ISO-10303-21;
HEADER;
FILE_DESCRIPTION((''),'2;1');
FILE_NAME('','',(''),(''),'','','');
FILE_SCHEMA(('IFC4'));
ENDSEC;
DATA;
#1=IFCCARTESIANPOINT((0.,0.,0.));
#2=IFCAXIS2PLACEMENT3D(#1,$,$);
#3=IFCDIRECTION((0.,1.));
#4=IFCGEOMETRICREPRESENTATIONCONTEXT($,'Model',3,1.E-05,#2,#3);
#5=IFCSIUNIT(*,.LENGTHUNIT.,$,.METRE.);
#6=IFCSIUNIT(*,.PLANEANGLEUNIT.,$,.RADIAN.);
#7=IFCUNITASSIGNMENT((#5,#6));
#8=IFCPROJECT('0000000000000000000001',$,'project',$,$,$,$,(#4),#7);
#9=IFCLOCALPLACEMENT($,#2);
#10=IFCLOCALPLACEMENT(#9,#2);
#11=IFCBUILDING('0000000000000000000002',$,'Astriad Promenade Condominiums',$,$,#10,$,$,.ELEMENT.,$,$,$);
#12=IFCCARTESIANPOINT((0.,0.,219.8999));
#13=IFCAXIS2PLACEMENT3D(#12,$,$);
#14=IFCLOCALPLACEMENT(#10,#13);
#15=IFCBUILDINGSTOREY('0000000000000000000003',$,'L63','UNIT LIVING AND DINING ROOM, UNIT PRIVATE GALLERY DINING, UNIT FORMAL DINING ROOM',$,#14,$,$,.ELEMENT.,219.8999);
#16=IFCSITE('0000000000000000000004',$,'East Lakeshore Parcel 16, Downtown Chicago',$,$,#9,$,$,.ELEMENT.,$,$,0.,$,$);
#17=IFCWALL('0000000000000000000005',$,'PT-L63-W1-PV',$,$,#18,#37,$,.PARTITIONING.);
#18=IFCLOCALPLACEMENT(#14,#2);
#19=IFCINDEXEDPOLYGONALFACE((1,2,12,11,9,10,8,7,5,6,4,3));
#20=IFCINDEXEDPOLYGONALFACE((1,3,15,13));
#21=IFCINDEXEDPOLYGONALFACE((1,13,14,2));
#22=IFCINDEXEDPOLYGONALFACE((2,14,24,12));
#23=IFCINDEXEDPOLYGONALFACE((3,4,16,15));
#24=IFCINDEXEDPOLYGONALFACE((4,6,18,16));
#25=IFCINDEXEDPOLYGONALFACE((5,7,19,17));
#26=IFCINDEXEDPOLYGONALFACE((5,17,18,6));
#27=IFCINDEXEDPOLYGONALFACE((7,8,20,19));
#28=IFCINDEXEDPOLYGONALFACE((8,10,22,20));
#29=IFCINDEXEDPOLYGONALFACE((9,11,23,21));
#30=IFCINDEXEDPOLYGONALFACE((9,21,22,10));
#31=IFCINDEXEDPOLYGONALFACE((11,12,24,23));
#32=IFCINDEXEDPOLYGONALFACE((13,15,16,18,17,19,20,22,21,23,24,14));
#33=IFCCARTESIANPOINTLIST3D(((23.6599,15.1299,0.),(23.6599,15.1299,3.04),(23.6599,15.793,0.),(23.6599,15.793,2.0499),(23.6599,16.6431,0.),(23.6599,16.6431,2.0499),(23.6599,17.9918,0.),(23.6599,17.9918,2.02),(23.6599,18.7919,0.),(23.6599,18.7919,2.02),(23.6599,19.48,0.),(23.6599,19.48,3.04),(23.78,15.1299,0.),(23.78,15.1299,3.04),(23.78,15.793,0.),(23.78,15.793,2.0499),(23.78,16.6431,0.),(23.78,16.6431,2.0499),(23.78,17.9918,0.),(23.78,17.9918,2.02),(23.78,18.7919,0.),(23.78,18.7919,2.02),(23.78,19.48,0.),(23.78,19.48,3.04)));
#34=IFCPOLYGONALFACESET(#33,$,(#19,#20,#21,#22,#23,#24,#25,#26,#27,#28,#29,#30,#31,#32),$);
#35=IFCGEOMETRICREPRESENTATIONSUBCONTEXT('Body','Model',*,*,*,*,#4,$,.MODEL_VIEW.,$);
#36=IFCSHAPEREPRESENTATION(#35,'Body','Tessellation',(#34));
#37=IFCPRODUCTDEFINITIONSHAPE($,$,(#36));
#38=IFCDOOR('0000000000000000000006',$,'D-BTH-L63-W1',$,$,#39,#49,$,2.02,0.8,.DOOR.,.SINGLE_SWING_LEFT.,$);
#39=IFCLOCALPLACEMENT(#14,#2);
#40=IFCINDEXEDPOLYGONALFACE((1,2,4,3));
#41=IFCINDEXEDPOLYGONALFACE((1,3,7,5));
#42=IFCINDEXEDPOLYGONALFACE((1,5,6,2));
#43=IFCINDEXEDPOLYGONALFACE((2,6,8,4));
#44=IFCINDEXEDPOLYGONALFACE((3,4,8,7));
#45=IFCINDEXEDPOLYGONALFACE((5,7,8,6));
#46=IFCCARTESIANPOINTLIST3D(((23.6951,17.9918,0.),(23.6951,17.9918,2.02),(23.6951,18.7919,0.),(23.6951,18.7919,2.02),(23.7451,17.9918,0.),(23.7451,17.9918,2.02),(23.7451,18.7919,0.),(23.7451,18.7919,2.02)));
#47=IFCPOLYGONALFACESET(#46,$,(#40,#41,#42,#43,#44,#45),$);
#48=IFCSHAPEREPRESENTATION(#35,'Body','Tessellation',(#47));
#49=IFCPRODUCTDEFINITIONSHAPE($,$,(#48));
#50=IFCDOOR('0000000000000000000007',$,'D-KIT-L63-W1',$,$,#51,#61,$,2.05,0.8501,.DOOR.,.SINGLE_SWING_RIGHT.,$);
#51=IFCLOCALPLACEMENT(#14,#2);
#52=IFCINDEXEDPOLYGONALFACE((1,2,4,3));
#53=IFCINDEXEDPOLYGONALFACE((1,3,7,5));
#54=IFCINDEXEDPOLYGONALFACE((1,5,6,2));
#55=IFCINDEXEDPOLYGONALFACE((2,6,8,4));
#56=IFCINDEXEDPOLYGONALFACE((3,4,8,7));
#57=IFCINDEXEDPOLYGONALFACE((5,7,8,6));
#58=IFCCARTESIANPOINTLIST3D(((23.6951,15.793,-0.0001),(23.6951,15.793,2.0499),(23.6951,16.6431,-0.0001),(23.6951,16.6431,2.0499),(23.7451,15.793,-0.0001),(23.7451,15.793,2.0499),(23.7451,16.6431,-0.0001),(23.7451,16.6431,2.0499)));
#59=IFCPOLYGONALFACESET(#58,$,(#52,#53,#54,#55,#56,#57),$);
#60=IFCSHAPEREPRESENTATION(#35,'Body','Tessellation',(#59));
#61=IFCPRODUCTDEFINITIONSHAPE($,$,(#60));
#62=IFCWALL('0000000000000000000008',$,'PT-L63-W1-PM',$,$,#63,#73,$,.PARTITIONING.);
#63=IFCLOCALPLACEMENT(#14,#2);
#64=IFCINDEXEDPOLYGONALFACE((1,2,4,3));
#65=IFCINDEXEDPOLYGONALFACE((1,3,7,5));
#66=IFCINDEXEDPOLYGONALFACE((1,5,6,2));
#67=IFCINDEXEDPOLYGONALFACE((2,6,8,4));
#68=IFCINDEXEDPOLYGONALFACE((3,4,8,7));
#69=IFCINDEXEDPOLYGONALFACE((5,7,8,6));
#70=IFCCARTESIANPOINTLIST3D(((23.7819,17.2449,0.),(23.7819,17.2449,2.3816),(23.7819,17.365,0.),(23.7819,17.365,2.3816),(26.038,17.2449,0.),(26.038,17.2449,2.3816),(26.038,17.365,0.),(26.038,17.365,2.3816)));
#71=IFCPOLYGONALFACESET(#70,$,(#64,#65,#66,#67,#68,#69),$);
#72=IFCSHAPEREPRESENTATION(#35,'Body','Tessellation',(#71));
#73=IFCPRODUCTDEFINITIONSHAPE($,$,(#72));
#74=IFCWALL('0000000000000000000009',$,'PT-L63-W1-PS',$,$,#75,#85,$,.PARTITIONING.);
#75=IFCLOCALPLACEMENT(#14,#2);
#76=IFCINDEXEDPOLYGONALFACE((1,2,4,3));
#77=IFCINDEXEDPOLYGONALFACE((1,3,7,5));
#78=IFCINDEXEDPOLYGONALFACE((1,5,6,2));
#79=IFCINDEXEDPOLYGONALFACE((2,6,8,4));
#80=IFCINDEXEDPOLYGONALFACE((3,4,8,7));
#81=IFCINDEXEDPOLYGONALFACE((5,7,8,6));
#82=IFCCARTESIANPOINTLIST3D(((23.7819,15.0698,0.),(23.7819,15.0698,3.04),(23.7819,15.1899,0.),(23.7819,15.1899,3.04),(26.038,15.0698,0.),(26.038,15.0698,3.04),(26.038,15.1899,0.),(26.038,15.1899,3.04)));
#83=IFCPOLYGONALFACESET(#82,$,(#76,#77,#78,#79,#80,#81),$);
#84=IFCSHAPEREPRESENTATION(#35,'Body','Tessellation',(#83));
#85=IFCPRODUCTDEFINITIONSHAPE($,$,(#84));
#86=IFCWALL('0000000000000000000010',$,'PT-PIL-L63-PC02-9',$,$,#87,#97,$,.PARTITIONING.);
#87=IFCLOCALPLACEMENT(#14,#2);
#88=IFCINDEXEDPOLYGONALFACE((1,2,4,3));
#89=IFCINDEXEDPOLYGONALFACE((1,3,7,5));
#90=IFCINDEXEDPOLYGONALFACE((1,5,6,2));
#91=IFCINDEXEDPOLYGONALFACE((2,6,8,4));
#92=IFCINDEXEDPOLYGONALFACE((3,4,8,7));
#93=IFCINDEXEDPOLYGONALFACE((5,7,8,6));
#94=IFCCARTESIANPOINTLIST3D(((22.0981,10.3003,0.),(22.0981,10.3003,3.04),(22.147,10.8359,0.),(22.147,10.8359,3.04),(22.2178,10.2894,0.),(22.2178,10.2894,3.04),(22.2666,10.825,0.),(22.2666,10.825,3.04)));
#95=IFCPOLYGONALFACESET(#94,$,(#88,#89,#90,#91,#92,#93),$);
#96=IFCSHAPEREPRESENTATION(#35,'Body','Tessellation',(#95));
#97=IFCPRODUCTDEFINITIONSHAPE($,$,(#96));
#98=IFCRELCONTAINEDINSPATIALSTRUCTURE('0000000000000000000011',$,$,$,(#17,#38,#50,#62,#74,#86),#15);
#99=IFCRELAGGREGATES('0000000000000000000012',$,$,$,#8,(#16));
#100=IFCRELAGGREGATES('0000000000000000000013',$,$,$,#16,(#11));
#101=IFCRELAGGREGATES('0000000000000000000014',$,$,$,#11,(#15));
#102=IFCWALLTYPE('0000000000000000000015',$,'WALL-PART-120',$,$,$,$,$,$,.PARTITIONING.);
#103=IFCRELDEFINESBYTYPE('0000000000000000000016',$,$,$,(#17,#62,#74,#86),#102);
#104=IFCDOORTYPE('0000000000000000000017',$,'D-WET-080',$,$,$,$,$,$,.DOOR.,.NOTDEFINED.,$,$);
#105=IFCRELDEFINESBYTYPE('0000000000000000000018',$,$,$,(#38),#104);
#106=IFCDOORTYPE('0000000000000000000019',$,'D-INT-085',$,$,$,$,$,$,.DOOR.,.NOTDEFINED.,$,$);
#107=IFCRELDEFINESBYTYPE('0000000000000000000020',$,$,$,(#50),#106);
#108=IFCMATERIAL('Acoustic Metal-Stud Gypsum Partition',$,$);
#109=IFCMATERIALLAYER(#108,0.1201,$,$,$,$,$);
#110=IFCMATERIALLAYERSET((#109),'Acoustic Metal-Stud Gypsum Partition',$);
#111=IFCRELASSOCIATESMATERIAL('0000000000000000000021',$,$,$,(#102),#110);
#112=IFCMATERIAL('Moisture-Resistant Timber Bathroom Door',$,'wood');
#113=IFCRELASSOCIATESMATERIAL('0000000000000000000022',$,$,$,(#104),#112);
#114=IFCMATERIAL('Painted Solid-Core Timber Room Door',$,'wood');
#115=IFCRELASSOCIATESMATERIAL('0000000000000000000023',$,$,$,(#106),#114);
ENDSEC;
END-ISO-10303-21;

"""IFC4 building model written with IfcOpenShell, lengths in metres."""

from ifc_helpers import new_model, si_unit, direction, frame, frame_2d, origin, place, context, subcontext, project, spatial, rectangle, extrude, source, transform, mapped, material, layer, layer_set, type_object, type_shapes, element, fill, save


model = new_model("IFC4")

# Units and contexts
model_context = context("Model", 3, precision=1e-05, world=origin(), true_north=direction((0.0, 1.0)))
body_context = subcontext(model_context, "Body", "Model", "MODEL_VIEW")
ifc_project = project(units=[si_unit("LENGTHUNIT", "METRE"), si_unit("PLANEANGLEUNIT", "RADIAN")], contexts=[model_context])

# Site, building, storey
site_placement = place(None, origin())
site = spatial("IfcSite", under=ifc_project, at=site_placement, Name="East Lakeshore Parcel 16, Downtown Chicago", CompositionType="ELEMENT", RefElevation=0.0)
building_placement = place(site_placement, origin())
building = spatial("IfcBuilding", under=site, at=building_placement, Name="Astriad Promenade Condominiums", CompositionType="ELEMENT")
storey_placement = place(building_placement, frame((0.0, 0.0, 219.8999)))
storey = spatial("IfcBuildingStorey", under=building, at=storey_placement, Name="L63", Description="UNIT LIVING AND DINING ROOM, UNIT PRIVATE GALLERY DINING, UNIT FORMAL DINING ROOM", CompositionType="ELEMENT", Elevation=219.8999)

# Wall, openings, doors
ifc_material_1 = material(Name="Acoustic Metal-Stud Gypsum Partition")
ifc_layer_1 = layer(ifc_material_1, 0.1201)
ifc_layer_set_1 = layer_set([ifc_layer_1], Name="Acoustic Metal-Stud Gypsum Partition")
wall_type_1 = type_object("IfcWallType", Name="WALL-PART-120", PredefinedType="PARTITIONING", material=ifc_layer_set_1)
wall_1_placement = place(storey_placement, frame((23.72, 15.1299, 0.0), z_axis=(0.0, 0.0, 1.0), x_axis=(0.0, 1.0, 0.0)))
wall_1 = element("IfcWall", 1, at=wall_1_placement, inside=storey, type_object=wall_type_1, Name="PT-L63-W1-PV", PredefinedType="PARTITIONING", context=body_context, shape_type="SweptSolid", body=[
    extrude(rectangle(XDim=4.3501, YDim=0.1201, at=frame_2d((2.175, 0.0))), origin(), (0.0, 0.0, 1.0), 3.04),
])
opening_1_placement = place(wall_1_placement, frame((0.6631, 0.0, 0.0)))
opening_1 = element("IfcOpeningElement", 2, at=opening_1_placement, cuts=wall_1, PredefinedType="OPENING", context=body_context, shape_type="SweptSolid", body=[
    extrude(rectangle(XDim=0.8501, YDim=2.05, at=frame_2d((0.425, 1.0249))), frame((0.0, 0.0701, 0.0), z_axis=(0.0, -1.0, 0.0), x_axis=(1.0, 0.0, 0.0)), (0.0, 0.0, 1.0), 0.1401),
])
opening_2_placement = place(wall_1_placement, frame((2.8621, 0.0, 0.0)))
opening_2 = element("IfcOpeningElement", 3, at=opening_2_placement, cuts=wall_1, PredefinedType="OPENING", context=body_context, shape_type="SweptSolid", body=[
    extrude(rectangle(XDim=0.8, YDim=2.02, at=frame_2d((0.3999, 1.01))), frame((0.0, 0.0701, 0.0), z_axis=(0.0, -1.0, 0.0), x_axis=(1.0, 0.0, 0.0)), (0.0, 0.0, 1.0), 0.1401),
])
ifc_material_2 = material(Name="Moisture-Resistant Timber Bathroom Door", Category="wood")
door_type_1 = type_object("IfcDoorType", Name="D-WET-080", OperationType="NOTDEFINED", PredefinedType="DOOR", material=ifc_material_2)
shared_shape_1 = source(origin(), body_context, "Body", "SweptSolid", [
    extrude(rectangle(XDim=0.8, YDim=2.02, at=frame_2d((0.3999, 1.01))), frame((0.0, 0.0249, 0.0), z_axis=(0.0, -1.0, 0.0), x_axis=(1.0, 0.0, 0.0)), (0.0, 0.0, 1.0), 0.05),
])
type_shapes(door_type_1, [shared_shape_1])
door_1_placement = place(opening_2_placement, origin())
door_1 = element("IfcDoor", 4, at=door_1_placement, inside=storey, type_object=door_type_1, Name="D-BTH-L63-W1", OperationType="SINGLE_SWING_LEFT", OverallHeight=2.02, OverallWidth=0.8, PredefinedType="DOOR", context=body_context, shape_type="MappedRepresentation", body=[
    mapped(shared_shape_1, transform((0.0, 0.0, 0.0), scale=1.0)),
])
fill(opening_2, door_1)
ifc_material_3 = material(Name="Painted Solid-Core Timber Room Door", Category="wood")
door_type_2 = type_object("IfcDoorType", Name="D-INT-085", OperationType="NOTDEFINED", PredefinedType="DOOR", material=ifc_material_3)
shared_shape_2 = source(origin(), body_context, "Body", "SweptSolid", [
    extrude(rectangle(XDim=0.8501, YDim=2.05, at=frame_2d((0.425, 1.0249))), frame((0.0, 0.0249, 0.0), z_axis=(0.0, -1.0, 0.0), x_axis=(1.0, 0.0, 0.0)), (0.0, 0.0, 1.0), 0.05),
])
type_shapes(door_type_2, [shared_shape_2])
door_2_placement = place(opening_1_placement, origin())
door_2 = element("IfcDoor", 5, at=door_2_placement, inside=storey, type_object=door_type_2, Name="D-KIT-L63-W1", OperationType="SINGLE_SWING_RIGHT", OverallHeight=2.05, OverallWidth=0.8501, PredefinedType="DOOR", context=body_context, shape_type="MappedRepresentation", body=[
    mapped(shared_shape_2, transform((0.0, 0.0, 0.0), scale=1.0)),
])
fill(opening_1, door_2)

# Walls
wall_2_placement = place(storey_placement, frame((23.782, 17.3049, 0.0), z_axis=(0.0, 0.0, 1.0), x_axis=(1.0, 0.0, 0.0)))
element("IfcWall", 6, at=wall_2_placement, inside=storey, type_object=wall_type_1, Name="PT-L63-W1-PM", PredefinedType="PARTITIONING", context=body_context, shape_type="SweptSolid", body=[
    extrude(rectangle(XDim=2.2561, YDim=0.1201, at=frame_2d((1.1279, 0.0))), origin(), (0.0, 0.0, 1.0), 2.3816),
])
wall_3_placement = place(storey_placement, frame((23.782, 15.1299, 0.0), z_axis=(0.0, 0.0, 1.0), x_axis=(1.0, 0.0, 0.0)))
element("IfcWall", 7, at=wall_3_placement, inside=storey, type_object=wall_type_1, Name="PT-L63-W1-PS", PredefinedType="PARTITIONING", context=body_context, shape_type="SweptSolid", body=[
    extrude(rectangle(XDim=2.2561, YDim=0.1201, at=frame_2d((1.1279, 0.0))), origin(), (0.0, 0.0, 1.0), 3.04),
])
wall_4_placement = place(storey_placement, frame((22.2068, 10.8306, 0.0), z_axis=(0.0, 0.0, 1.0), x_axis=(-0.090781, -0.995871, 0.0)))
element("IfcWall", 8, at=wall_4_placement, inside=storey, type_object=wall_type_1, Name="PT-PIL-L63-PC02-9", PredefinedType="PARTITIONING", context=body_context, shape_type="SweptSolid", body=[
    extrude(rectangle(XDim=0.5378, YDim=0.1201, at=frame_2d((0.269, 0.0))), origin(), (0.0, 0.0, 1.0), 3.04),
])

save(model, "model.ifc")
